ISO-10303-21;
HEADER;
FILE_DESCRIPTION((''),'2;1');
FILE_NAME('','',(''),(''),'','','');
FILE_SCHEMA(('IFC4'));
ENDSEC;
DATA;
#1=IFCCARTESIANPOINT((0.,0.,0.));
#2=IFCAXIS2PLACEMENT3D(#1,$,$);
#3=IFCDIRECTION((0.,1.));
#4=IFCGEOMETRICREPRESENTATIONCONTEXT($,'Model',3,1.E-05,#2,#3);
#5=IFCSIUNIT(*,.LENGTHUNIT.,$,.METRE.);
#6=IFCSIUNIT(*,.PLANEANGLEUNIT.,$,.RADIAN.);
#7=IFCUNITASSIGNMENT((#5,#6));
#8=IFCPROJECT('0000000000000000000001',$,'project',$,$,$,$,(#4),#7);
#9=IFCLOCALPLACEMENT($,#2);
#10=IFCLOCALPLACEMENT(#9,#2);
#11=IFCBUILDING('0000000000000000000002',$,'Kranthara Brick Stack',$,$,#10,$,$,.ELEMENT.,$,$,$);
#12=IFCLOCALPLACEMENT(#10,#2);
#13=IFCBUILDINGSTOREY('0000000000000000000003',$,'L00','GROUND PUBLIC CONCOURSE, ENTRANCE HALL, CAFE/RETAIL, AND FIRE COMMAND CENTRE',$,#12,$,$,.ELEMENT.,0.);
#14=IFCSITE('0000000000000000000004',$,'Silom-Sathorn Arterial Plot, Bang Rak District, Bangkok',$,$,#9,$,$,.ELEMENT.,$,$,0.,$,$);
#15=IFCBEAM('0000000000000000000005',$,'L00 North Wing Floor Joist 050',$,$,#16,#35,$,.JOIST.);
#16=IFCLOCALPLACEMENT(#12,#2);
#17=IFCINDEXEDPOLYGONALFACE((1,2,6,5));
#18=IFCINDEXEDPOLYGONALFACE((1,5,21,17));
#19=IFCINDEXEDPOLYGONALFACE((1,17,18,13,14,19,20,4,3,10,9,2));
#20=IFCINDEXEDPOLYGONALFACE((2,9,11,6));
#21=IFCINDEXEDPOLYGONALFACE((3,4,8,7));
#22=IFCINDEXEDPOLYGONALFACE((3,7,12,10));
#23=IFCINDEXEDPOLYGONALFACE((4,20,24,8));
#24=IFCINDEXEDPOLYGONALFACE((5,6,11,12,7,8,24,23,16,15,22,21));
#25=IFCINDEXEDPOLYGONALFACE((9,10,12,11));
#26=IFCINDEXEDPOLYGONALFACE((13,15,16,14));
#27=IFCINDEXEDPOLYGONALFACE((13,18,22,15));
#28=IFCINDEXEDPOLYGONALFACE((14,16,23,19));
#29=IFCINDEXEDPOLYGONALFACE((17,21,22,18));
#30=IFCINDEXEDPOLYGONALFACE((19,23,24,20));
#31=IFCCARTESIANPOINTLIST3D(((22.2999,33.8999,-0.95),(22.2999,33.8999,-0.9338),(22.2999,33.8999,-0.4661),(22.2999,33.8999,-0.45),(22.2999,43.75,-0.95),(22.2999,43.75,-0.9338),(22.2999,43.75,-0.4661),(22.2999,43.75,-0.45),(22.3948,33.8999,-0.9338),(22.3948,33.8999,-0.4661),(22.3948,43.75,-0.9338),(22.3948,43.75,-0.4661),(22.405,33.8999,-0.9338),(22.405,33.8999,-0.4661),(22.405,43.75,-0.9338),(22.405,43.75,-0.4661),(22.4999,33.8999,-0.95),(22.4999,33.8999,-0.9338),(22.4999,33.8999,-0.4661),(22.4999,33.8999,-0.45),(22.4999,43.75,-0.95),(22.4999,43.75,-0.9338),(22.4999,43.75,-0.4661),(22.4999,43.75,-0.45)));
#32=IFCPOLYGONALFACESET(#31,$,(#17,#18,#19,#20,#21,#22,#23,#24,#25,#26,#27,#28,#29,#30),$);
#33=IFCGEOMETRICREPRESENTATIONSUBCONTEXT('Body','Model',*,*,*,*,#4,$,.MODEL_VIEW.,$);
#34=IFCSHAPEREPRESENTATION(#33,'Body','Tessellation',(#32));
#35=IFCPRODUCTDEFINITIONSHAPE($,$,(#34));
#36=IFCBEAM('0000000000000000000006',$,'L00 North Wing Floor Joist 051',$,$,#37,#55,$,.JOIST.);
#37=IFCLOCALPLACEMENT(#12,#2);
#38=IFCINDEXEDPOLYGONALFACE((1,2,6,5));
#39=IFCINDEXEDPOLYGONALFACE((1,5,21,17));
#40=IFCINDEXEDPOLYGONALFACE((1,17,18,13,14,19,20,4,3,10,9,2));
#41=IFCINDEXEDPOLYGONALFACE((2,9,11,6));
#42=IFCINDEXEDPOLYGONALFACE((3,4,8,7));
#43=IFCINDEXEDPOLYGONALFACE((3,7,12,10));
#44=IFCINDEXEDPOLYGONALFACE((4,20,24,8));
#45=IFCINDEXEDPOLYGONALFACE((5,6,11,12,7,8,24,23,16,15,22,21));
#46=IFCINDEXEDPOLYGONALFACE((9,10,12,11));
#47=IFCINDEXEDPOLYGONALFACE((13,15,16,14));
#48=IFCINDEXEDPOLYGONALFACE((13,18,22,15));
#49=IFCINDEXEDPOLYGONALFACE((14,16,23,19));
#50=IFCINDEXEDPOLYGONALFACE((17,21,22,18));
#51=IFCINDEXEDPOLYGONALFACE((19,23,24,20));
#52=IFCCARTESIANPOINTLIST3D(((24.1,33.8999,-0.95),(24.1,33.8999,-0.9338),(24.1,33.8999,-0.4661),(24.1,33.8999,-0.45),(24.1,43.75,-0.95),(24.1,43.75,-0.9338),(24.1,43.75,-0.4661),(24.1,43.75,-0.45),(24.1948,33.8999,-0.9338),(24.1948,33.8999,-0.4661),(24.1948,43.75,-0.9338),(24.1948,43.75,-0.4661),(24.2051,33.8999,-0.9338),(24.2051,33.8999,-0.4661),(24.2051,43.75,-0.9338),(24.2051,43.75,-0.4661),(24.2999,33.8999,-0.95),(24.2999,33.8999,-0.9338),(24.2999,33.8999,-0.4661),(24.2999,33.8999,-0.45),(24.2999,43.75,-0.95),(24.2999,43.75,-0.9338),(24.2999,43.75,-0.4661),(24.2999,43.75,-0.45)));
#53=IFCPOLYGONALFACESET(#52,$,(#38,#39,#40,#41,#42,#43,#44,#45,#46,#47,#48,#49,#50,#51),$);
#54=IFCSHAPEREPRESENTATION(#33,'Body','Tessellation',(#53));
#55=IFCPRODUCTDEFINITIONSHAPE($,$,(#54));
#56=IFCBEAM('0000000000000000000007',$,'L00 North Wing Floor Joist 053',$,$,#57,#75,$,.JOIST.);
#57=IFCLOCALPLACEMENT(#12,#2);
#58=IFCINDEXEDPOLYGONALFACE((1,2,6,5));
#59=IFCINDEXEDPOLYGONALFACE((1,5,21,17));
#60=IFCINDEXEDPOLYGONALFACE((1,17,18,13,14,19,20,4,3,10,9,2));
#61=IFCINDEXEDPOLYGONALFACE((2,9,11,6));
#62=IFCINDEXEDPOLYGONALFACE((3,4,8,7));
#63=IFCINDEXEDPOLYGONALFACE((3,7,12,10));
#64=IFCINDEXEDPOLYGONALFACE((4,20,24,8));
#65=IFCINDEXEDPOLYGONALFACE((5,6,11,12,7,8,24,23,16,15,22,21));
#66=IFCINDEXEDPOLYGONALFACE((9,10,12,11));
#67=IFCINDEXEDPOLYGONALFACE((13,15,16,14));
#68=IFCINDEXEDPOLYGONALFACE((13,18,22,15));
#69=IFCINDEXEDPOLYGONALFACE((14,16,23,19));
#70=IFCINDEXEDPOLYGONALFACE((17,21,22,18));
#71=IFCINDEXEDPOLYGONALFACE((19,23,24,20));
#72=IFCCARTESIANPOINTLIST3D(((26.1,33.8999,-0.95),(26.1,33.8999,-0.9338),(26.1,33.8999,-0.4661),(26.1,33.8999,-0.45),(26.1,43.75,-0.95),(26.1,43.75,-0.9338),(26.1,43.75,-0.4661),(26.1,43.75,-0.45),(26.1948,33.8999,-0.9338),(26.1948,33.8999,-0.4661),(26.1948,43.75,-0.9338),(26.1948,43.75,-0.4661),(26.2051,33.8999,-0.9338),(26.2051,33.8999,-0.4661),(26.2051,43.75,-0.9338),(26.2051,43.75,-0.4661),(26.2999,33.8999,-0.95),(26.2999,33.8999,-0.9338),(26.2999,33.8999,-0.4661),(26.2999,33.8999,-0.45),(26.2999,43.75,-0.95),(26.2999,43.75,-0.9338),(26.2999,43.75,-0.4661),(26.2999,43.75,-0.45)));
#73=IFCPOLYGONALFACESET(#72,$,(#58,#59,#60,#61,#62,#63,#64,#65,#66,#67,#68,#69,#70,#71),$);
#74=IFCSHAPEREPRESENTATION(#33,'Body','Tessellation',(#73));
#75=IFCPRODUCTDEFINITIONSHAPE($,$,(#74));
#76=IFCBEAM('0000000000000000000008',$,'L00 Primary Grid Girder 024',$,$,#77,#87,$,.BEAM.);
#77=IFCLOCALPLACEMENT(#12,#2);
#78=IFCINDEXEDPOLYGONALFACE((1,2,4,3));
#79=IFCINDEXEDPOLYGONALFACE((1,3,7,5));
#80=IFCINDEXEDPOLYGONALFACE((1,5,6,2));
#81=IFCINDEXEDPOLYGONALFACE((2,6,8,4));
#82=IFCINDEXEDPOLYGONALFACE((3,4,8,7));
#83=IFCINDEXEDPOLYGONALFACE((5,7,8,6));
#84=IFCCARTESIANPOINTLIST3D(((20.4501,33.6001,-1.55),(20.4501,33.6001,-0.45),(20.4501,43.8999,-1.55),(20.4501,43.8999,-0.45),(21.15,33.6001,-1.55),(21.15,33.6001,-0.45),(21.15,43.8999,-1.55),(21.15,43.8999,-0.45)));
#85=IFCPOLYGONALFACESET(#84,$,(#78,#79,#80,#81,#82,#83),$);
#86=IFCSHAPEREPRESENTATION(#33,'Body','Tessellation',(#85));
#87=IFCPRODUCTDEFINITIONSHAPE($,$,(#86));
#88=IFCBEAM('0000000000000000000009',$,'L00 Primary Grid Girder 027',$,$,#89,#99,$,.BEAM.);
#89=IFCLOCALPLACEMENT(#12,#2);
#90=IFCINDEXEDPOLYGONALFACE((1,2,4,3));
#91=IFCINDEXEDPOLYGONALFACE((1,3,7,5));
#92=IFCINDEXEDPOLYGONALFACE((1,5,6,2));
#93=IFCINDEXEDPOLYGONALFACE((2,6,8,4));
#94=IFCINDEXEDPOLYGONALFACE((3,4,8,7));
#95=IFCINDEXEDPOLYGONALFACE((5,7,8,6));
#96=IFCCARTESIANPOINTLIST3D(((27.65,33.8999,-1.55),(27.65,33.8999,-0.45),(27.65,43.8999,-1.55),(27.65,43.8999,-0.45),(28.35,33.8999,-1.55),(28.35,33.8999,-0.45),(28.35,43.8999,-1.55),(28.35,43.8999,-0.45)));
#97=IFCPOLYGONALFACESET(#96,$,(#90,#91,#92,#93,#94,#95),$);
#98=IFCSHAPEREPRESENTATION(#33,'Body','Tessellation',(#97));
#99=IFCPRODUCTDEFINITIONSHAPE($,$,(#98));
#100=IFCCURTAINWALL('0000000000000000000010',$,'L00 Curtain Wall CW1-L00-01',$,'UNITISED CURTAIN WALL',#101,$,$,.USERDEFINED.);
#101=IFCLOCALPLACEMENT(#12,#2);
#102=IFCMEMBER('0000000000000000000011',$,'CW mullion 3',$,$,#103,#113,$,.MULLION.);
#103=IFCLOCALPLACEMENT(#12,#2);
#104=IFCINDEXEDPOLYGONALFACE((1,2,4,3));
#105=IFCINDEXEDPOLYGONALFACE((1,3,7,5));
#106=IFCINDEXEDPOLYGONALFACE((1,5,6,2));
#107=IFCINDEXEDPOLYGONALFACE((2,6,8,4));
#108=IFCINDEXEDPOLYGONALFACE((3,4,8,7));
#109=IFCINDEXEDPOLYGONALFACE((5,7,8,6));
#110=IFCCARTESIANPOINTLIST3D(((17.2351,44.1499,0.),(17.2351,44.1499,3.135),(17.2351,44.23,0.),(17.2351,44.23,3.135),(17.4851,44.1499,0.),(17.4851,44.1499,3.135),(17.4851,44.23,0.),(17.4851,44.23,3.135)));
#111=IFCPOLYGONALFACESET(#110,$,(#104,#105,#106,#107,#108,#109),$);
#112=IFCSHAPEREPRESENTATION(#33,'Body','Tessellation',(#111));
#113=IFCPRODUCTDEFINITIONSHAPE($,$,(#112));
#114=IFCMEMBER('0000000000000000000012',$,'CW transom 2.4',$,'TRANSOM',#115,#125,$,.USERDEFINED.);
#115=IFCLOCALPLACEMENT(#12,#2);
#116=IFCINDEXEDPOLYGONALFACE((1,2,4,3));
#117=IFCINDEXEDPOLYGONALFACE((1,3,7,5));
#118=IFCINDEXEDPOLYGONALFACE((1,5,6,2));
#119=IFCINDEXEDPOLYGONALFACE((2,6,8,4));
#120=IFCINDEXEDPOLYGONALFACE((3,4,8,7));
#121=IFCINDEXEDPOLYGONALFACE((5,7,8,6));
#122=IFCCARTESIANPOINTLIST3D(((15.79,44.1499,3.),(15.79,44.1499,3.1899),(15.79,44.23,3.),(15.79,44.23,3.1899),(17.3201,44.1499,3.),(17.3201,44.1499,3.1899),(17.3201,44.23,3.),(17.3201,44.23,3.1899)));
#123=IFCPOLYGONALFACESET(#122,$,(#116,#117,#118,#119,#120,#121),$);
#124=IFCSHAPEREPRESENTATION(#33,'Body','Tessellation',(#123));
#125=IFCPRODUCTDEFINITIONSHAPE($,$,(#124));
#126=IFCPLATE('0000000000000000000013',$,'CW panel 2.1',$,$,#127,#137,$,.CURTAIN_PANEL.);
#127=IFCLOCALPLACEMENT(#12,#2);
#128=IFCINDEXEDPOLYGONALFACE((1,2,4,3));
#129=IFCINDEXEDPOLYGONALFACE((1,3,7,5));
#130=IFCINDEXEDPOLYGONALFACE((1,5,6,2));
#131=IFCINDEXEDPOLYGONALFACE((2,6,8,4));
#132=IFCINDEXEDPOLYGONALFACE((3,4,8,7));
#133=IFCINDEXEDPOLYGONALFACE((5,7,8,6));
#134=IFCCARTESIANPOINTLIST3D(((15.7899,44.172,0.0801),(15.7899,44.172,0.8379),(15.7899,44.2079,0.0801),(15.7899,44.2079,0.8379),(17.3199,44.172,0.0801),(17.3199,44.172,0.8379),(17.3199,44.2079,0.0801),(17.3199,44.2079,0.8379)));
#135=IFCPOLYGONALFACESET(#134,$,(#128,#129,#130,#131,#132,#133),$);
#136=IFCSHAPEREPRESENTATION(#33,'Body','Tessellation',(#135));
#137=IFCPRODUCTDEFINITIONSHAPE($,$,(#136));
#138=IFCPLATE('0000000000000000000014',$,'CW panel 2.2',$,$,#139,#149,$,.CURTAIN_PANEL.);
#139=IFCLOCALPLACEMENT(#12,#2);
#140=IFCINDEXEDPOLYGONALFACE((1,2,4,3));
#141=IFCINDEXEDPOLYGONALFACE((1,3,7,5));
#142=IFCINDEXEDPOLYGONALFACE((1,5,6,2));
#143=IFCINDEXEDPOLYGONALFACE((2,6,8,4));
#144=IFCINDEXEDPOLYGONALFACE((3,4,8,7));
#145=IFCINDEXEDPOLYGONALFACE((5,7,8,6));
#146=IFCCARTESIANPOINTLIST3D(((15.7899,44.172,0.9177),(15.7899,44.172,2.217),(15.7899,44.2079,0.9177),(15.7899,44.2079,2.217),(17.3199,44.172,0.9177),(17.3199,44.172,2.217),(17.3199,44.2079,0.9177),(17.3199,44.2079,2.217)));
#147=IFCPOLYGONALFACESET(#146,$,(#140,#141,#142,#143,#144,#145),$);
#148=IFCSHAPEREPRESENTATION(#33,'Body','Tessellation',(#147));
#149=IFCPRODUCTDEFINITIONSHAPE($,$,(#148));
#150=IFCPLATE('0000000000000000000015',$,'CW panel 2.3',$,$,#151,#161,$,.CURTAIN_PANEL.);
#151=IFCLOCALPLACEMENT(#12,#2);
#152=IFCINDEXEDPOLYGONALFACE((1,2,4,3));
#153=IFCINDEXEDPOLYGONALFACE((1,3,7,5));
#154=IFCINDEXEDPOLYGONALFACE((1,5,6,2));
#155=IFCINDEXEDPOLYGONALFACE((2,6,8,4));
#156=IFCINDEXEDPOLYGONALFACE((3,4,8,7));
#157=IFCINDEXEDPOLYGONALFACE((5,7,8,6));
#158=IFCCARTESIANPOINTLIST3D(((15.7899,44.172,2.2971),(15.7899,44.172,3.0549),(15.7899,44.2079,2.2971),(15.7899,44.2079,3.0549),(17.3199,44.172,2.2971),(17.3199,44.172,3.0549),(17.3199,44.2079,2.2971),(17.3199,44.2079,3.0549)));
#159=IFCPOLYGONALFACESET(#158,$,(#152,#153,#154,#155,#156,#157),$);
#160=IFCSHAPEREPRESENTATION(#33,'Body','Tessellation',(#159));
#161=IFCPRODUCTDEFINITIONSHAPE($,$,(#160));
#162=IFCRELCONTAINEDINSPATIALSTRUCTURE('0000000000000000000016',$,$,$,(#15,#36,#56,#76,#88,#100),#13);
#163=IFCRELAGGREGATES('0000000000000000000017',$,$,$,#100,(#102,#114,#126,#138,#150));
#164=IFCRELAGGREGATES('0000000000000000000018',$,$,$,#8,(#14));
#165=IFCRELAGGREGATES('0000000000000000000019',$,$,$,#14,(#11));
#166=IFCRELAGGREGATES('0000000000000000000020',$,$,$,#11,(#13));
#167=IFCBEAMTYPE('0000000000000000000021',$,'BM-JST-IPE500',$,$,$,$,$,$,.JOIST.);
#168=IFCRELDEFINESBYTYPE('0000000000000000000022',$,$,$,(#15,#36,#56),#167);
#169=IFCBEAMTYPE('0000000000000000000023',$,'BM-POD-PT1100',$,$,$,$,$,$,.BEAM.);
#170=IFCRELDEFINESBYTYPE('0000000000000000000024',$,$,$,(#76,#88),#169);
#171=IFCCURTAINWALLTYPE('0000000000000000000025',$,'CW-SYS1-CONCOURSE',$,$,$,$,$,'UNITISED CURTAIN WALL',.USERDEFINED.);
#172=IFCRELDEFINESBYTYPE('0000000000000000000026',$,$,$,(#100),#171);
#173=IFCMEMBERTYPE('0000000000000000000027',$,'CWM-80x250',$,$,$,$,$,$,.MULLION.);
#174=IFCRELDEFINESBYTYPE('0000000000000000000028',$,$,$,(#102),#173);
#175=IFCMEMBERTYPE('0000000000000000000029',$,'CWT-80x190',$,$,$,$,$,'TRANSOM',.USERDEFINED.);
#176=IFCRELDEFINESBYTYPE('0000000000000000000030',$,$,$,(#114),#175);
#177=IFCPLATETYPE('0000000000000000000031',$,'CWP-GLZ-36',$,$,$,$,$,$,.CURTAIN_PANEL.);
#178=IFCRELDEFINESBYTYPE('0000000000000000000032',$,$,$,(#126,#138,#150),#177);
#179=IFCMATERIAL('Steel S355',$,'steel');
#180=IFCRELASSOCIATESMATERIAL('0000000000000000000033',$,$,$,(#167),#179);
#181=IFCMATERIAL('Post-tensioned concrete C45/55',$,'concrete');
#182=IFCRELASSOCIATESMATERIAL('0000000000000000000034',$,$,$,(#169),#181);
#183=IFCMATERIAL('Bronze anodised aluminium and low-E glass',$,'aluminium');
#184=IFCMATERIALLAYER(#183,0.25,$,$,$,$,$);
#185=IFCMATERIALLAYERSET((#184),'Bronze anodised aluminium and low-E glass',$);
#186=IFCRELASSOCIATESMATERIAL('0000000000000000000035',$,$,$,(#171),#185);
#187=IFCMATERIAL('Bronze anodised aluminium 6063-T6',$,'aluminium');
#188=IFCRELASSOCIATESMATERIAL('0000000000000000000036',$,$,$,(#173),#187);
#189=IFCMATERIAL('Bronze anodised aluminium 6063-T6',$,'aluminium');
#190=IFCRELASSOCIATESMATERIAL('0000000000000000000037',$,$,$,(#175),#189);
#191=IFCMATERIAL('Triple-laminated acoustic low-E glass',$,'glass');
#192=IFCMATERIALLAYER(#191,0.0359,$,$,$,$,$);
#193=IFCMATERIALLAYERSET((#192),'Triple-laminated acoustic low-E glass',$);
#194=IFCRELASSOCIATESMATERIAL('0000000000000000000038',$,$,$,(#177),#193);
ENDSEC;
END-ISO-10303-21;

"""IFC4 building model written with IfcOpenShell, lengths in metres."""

from ifc_helpers import new_model, si_unit, direction, frame, origin, origin_2d, place, context, subcontext, project, spatial, rectangle, i_section, extrude, material, layer, layer_set, material_profile, profile_set, type_object, element, aggregate, save


model = new_model("IFC4")

# Units and contexts
model_context = context("Model", 3, precision=1e-05, world=origin(), true_north=direction((0.0, 1.0)))
body_context = subcontext(model_context, "Body", "Model", "MODEL_VIEW")
ifc_project = project(units=[si_unit("LENGTHUNIT", "METRE"), si_unit("PLANEANGLEUNIT", "RADIAN")], contexts=[model_context])

# Site, building, storey
site_placement = place(None, origin())
site = spatial("IfcSite", under=ifc_project, at=site_placement, Name="Silom-Sathorn Arterial Plot, Bang Rak District, Bangkok", CompositionType="ELEMENT", RefElevation=0.0)
building_placement = place(site_placement, origin())
building = spatial("IfcBuilding", under=site, at=building_placement, Name="Kranthara Brick Stack", CompositionType="ELEMENT")
storey_placement = place(building_placement, origin())
storey = spatial("IfcBuildingStorey", under=building, at=storey_placement, Name="L00", Description="GROUND PUBLIC CONCOURSE, ENTRANCE HALL, CAFE/RETAIL, AND FIRE COMMAND CENTRE", CompositionType="ELEMENT", Elevation=0.0)

# Beams
ifc_material_1 = material(Name="Steel S355", Category="steel")
ifc_material_profile_1 = material_profile(ifc_material_1, i_section(OverallWidth=0.2, OverallDepth=0.5, WebThickness=0.0103, FlangeThickness=0.0161, at=origin_2d()), Name="IPE 500")
ifc_profile_set_1 = profile_set([ifc_material_profile_1], Name="Steel S355")
beam_type_1 = type_object("IfcBeamType", Name="BM-JST-IPE500", PredefinedType="JOIST", material=ifc_profile_set_1)
for number, where, z_axis, x_axis, name in (
    (1, (22.3999, 33.8999, -0.7), (0.0, 1.0, 0.0), (-1.0, 0.0, 0.0), "L00 North Wing Floor Joist 050"),
    (2, (24.2, 33.8999, -0.7), (0.0, 1.0, 0.0), (-1.0, 0.0, 0.0), "L00 North Wing Floor Joist 051"),
    (3, (26.2, 33.8999, -0.7), (0.0, 1.0, 0.0), (-1.0, 0.0, 0.0), "L00 North Wing Floor Joist 053"),
):
    element("IfcBeam", number, at=place(storey_placement, frame(where, z_axis=z_axis, x_axis=x_axis)), inside=storey, type_object=beam_type_1, Name=name, PredefinedType="JOIST", context=body_context, shape_type="SweptSolid", body=[
        extrude(i_section(OverallWidth=0.2, OverallDepth=0.5, WebThickness=0.0103, FlangeThickness=0.0161, at=origin_2d()), origin(), (0.0, 0.0, 1.0), 9.8501),
    ])
ifc_material_2 = material(Name="Post-tensioned concrete C45/55", Category="concrete")
ifc_material_profile_2 = material_profile(ifc_material_2, rectangle(XDim=0.7, YDim=1.1001, at=origin_2d()), Name="PT 700x1100")
ifc_profile_set_2 = profile_set([ifc_material_profile_2], Name="Post-tensioned concrete C45/55")
beam_type_2 = type_object("IfcBeamType", Name="BM-POD-PT1100", PredefinedType="BEAM", material=ifc_profile_set_2)
beam_1_placement = place(storey_placement, frame((20.8, 33.6001, -1.0), z_axis=(0.0, 1.0, 0.0), x_axis=(-1.0, 0.0, 0.0)))
element("IfcBeam", 4, at=beam_1_placement, inside=storey, type_object=beam_type_2, Name="L00 Primary Grid Girder 024", PredefinedType="BEAM", context=body_context, shape_type="SweptSolid", body=[
    extrude(rectangle(XDim=0.7, YDim=1.1001, at=origin_2d()), origin(), (0.0, 0.0, 1.0), 10.2998),
])
beam_2_placement = place(storey_placement, frame((28.0, 33.8999, -1.0), z_axis=(0.0, 1.0, 0.0), x_axis=(-1.0, 0.0, 0.0)))
element("IfcBeam", 5, at=beam_2_placement, inside=storey, type_object=beam_type_2, Name="L00 Primary Grid Girder 027", PredefinedType="BEAM", context=body_context, shape_type="SweptSolid", body=[
    extrude(rectangle(XDim=0.7, YDim=1.1001, at=origin_2d()), origin(), (0.0, 0.0, 1.0), 10.0),
])

# Curtain wall, members, plates
ifc_material_3 = material(Name="Bronze anodised aluminium and low-E glass", Category="aluminium")
ifc_layer_1 = layer(ifc_material_3, 0.25)
ifc_layer_set_1 = layer_set([ifc_layer_1], Name="Bronze anodised aluminium and low-E glass")
curtain_wall_type = type_object("IfcCurtainWallType", Name="CW-SYS1-CONCOURSE", ElementType="UNITISED CURTAIN WALL", PredefinedType="USERDEFINED", material=ifc_layer_set_1)
curtain_wall_placement = place(storey_placement, origin())
curtain_wall = element("IfcCurtainWall", 6, at=curtain_wall_placement, inside=storey, type_object=curtain_wall_type, Name="L00 Curtain Wall CW1-L00-01", ObjectType="UNITISED CURTAIN WALL", PredefinedType="USERDEFINED")
ifc_material_4 = material(Name="Bronze anodised aluminium 6063-T6", Category="aluminium")
ifc_material_profile_3 = material_profile(ifc_material_4, rectangle(XDim=0.0801, YDim=0.25, at=origin_2d()), Name="ALU MULLION 80x250")
ifc_profile_set_3 = profile_set([ifc_material_profile_3], Name="Bronze anodised aluminium 6063-T6")
member_type_1 = type_object("IfcMemberType", Name="CWM-80x250", PredefinedType="MULLION", material=ifc_profile_set_3)
member_1_placement = place(storey_placement, frame((17.3601, 44.1899, 0.0), z_axis=(0.0, 0.0, 1.0), x_axis=(0.0, 1.0, 0.0)))
member_1 = element("IfcMember", 7, at=member_1_placement, type_object=member_type_1, Name="CW mullion 3", PredefinedType="MULLION", context=body_context, shape_type="SweptSolid", body=[
    extrude(rectangle(XDim=0.0801, YDim=0.25, at=origin_2d()), origin(), (0.0, 0.0, 1.0), 3.135),
])
ifc_material_5 = material(Name="Bronze anodised aluminium 6063-T6", Category="aluminium")
ifc_material_profile_4 = material_profile(ifc_material_5, rectangle(XDim=0.0801, YDim=0.1899, at=origin_2d()), Name="ALU TRANSOM 80x190")
ifc_profile_set_4 = profile_set([ifc_material_profile_4], Name="Bronze anodised aluminium 6063-T6")
member_type_2 = type_object("IfcMemberType", Name="CWT-80x190", ElementType="TRANSOM", PredefinedType="USERDEFINED", material=ifc_profile_set_4)
member_2_placement = place(storey_placement, frame((15.79, 44.1899, 3.095), z_axis=(1.0, 0.0, 0.0), x_axis=(0.0, 1.0, 0.0)))
member_2 = element("IfcMember", 8, at=member_2_placement, type_object=member_type_2, Name="CW transom 2.4", ObjectType="TRANSOM", PredefinedType="USERDEFINED", context=body_context, shape_type="SweptSolid", body=[
    extrude(rectangle(XDim=0.0801, YDim=0.1899, at=origin_2d()), origin(), (0.0, 0.0, 1.0), 1.53),
])
ifc_material_6 = material(Name="Triple-laminated acoustic low-E glass", Category="glass")
ifc_layer_2 = layer(ifc_material_6, 0.0359)
ifc_layer_set_2 = layer_set([ifc_layer_2], Name="Triple-laminated acoustic low-E glass")
plate_type = type_object("IfcPlateType", Name="CWP-GLZ-36", PredefinedType="CURTAIN_PANEL", material=ifc_layer_set_2)
plate_1_placement = place(storey_placement, frame((16.5549, 44.1899, 0.0801), z_axis=(0.0, 0.0, 1.0), x_axis=(1.0, 0.0, 0.0)))
plate_1 = element("IfcPlate", 9, at=plate_1_placement, type_object=plate_type, Name="CW panel 2.1", PredefinedType="CURTAIN_PANEL", context=body_context, shape_type="SweptSolid", body=[
    extrude(rectangle(XDim=1.53, YDim=0.0359, at=origin_2d()), origin(), (0.0, 0.0, 1.0), 0.7578),
])
plate_2_placement = place(storey_placement, frame((16.5549, 44.1899, 0.9177), z_axis=(0.0, 0.0, 1.0), x_axis=(1.0, 0.0, 0.0)))
plate_2 = element("IfcPlate", 10, at=plate_2_placement, type_object=plate_type, Name="CW panel 2.2", PredefinedType="CURTAIN_PANEL", context=body_context, shape_type="SweptSolid", body=[
    extrude(rectangle(XDim=1.53, YDim=0.0359, at=origin_2d()), origin(), (0.0, 0.0, 1.0), 1.2993),
])
plate_3_placement = place(storey_placement, frame((16.5549, 44.1899, 2.2971), z_axis=(0.0, 0.0, 1.0), x_axis=(1.0, 0.0, 0.0)))
plate_3 = element("IfcPlate", 11, at=plate_3_placement, type_object=plate_type, Name="CW panel 2.3", PredefinedType="CURTAIN_PANEL", context=body_context, shape_type="SweptSolid", body=[
    extrude(rectangle(XDim=1.53, YDim=0.0359, at=origin_2d()), origin(), (0.0, 0.0, 1.0), 0.7578),
])
aggregate(curtain_wall, [member_1, member_2, plate_1, plate_2, plate_3])

save(model, "model.ifc")
